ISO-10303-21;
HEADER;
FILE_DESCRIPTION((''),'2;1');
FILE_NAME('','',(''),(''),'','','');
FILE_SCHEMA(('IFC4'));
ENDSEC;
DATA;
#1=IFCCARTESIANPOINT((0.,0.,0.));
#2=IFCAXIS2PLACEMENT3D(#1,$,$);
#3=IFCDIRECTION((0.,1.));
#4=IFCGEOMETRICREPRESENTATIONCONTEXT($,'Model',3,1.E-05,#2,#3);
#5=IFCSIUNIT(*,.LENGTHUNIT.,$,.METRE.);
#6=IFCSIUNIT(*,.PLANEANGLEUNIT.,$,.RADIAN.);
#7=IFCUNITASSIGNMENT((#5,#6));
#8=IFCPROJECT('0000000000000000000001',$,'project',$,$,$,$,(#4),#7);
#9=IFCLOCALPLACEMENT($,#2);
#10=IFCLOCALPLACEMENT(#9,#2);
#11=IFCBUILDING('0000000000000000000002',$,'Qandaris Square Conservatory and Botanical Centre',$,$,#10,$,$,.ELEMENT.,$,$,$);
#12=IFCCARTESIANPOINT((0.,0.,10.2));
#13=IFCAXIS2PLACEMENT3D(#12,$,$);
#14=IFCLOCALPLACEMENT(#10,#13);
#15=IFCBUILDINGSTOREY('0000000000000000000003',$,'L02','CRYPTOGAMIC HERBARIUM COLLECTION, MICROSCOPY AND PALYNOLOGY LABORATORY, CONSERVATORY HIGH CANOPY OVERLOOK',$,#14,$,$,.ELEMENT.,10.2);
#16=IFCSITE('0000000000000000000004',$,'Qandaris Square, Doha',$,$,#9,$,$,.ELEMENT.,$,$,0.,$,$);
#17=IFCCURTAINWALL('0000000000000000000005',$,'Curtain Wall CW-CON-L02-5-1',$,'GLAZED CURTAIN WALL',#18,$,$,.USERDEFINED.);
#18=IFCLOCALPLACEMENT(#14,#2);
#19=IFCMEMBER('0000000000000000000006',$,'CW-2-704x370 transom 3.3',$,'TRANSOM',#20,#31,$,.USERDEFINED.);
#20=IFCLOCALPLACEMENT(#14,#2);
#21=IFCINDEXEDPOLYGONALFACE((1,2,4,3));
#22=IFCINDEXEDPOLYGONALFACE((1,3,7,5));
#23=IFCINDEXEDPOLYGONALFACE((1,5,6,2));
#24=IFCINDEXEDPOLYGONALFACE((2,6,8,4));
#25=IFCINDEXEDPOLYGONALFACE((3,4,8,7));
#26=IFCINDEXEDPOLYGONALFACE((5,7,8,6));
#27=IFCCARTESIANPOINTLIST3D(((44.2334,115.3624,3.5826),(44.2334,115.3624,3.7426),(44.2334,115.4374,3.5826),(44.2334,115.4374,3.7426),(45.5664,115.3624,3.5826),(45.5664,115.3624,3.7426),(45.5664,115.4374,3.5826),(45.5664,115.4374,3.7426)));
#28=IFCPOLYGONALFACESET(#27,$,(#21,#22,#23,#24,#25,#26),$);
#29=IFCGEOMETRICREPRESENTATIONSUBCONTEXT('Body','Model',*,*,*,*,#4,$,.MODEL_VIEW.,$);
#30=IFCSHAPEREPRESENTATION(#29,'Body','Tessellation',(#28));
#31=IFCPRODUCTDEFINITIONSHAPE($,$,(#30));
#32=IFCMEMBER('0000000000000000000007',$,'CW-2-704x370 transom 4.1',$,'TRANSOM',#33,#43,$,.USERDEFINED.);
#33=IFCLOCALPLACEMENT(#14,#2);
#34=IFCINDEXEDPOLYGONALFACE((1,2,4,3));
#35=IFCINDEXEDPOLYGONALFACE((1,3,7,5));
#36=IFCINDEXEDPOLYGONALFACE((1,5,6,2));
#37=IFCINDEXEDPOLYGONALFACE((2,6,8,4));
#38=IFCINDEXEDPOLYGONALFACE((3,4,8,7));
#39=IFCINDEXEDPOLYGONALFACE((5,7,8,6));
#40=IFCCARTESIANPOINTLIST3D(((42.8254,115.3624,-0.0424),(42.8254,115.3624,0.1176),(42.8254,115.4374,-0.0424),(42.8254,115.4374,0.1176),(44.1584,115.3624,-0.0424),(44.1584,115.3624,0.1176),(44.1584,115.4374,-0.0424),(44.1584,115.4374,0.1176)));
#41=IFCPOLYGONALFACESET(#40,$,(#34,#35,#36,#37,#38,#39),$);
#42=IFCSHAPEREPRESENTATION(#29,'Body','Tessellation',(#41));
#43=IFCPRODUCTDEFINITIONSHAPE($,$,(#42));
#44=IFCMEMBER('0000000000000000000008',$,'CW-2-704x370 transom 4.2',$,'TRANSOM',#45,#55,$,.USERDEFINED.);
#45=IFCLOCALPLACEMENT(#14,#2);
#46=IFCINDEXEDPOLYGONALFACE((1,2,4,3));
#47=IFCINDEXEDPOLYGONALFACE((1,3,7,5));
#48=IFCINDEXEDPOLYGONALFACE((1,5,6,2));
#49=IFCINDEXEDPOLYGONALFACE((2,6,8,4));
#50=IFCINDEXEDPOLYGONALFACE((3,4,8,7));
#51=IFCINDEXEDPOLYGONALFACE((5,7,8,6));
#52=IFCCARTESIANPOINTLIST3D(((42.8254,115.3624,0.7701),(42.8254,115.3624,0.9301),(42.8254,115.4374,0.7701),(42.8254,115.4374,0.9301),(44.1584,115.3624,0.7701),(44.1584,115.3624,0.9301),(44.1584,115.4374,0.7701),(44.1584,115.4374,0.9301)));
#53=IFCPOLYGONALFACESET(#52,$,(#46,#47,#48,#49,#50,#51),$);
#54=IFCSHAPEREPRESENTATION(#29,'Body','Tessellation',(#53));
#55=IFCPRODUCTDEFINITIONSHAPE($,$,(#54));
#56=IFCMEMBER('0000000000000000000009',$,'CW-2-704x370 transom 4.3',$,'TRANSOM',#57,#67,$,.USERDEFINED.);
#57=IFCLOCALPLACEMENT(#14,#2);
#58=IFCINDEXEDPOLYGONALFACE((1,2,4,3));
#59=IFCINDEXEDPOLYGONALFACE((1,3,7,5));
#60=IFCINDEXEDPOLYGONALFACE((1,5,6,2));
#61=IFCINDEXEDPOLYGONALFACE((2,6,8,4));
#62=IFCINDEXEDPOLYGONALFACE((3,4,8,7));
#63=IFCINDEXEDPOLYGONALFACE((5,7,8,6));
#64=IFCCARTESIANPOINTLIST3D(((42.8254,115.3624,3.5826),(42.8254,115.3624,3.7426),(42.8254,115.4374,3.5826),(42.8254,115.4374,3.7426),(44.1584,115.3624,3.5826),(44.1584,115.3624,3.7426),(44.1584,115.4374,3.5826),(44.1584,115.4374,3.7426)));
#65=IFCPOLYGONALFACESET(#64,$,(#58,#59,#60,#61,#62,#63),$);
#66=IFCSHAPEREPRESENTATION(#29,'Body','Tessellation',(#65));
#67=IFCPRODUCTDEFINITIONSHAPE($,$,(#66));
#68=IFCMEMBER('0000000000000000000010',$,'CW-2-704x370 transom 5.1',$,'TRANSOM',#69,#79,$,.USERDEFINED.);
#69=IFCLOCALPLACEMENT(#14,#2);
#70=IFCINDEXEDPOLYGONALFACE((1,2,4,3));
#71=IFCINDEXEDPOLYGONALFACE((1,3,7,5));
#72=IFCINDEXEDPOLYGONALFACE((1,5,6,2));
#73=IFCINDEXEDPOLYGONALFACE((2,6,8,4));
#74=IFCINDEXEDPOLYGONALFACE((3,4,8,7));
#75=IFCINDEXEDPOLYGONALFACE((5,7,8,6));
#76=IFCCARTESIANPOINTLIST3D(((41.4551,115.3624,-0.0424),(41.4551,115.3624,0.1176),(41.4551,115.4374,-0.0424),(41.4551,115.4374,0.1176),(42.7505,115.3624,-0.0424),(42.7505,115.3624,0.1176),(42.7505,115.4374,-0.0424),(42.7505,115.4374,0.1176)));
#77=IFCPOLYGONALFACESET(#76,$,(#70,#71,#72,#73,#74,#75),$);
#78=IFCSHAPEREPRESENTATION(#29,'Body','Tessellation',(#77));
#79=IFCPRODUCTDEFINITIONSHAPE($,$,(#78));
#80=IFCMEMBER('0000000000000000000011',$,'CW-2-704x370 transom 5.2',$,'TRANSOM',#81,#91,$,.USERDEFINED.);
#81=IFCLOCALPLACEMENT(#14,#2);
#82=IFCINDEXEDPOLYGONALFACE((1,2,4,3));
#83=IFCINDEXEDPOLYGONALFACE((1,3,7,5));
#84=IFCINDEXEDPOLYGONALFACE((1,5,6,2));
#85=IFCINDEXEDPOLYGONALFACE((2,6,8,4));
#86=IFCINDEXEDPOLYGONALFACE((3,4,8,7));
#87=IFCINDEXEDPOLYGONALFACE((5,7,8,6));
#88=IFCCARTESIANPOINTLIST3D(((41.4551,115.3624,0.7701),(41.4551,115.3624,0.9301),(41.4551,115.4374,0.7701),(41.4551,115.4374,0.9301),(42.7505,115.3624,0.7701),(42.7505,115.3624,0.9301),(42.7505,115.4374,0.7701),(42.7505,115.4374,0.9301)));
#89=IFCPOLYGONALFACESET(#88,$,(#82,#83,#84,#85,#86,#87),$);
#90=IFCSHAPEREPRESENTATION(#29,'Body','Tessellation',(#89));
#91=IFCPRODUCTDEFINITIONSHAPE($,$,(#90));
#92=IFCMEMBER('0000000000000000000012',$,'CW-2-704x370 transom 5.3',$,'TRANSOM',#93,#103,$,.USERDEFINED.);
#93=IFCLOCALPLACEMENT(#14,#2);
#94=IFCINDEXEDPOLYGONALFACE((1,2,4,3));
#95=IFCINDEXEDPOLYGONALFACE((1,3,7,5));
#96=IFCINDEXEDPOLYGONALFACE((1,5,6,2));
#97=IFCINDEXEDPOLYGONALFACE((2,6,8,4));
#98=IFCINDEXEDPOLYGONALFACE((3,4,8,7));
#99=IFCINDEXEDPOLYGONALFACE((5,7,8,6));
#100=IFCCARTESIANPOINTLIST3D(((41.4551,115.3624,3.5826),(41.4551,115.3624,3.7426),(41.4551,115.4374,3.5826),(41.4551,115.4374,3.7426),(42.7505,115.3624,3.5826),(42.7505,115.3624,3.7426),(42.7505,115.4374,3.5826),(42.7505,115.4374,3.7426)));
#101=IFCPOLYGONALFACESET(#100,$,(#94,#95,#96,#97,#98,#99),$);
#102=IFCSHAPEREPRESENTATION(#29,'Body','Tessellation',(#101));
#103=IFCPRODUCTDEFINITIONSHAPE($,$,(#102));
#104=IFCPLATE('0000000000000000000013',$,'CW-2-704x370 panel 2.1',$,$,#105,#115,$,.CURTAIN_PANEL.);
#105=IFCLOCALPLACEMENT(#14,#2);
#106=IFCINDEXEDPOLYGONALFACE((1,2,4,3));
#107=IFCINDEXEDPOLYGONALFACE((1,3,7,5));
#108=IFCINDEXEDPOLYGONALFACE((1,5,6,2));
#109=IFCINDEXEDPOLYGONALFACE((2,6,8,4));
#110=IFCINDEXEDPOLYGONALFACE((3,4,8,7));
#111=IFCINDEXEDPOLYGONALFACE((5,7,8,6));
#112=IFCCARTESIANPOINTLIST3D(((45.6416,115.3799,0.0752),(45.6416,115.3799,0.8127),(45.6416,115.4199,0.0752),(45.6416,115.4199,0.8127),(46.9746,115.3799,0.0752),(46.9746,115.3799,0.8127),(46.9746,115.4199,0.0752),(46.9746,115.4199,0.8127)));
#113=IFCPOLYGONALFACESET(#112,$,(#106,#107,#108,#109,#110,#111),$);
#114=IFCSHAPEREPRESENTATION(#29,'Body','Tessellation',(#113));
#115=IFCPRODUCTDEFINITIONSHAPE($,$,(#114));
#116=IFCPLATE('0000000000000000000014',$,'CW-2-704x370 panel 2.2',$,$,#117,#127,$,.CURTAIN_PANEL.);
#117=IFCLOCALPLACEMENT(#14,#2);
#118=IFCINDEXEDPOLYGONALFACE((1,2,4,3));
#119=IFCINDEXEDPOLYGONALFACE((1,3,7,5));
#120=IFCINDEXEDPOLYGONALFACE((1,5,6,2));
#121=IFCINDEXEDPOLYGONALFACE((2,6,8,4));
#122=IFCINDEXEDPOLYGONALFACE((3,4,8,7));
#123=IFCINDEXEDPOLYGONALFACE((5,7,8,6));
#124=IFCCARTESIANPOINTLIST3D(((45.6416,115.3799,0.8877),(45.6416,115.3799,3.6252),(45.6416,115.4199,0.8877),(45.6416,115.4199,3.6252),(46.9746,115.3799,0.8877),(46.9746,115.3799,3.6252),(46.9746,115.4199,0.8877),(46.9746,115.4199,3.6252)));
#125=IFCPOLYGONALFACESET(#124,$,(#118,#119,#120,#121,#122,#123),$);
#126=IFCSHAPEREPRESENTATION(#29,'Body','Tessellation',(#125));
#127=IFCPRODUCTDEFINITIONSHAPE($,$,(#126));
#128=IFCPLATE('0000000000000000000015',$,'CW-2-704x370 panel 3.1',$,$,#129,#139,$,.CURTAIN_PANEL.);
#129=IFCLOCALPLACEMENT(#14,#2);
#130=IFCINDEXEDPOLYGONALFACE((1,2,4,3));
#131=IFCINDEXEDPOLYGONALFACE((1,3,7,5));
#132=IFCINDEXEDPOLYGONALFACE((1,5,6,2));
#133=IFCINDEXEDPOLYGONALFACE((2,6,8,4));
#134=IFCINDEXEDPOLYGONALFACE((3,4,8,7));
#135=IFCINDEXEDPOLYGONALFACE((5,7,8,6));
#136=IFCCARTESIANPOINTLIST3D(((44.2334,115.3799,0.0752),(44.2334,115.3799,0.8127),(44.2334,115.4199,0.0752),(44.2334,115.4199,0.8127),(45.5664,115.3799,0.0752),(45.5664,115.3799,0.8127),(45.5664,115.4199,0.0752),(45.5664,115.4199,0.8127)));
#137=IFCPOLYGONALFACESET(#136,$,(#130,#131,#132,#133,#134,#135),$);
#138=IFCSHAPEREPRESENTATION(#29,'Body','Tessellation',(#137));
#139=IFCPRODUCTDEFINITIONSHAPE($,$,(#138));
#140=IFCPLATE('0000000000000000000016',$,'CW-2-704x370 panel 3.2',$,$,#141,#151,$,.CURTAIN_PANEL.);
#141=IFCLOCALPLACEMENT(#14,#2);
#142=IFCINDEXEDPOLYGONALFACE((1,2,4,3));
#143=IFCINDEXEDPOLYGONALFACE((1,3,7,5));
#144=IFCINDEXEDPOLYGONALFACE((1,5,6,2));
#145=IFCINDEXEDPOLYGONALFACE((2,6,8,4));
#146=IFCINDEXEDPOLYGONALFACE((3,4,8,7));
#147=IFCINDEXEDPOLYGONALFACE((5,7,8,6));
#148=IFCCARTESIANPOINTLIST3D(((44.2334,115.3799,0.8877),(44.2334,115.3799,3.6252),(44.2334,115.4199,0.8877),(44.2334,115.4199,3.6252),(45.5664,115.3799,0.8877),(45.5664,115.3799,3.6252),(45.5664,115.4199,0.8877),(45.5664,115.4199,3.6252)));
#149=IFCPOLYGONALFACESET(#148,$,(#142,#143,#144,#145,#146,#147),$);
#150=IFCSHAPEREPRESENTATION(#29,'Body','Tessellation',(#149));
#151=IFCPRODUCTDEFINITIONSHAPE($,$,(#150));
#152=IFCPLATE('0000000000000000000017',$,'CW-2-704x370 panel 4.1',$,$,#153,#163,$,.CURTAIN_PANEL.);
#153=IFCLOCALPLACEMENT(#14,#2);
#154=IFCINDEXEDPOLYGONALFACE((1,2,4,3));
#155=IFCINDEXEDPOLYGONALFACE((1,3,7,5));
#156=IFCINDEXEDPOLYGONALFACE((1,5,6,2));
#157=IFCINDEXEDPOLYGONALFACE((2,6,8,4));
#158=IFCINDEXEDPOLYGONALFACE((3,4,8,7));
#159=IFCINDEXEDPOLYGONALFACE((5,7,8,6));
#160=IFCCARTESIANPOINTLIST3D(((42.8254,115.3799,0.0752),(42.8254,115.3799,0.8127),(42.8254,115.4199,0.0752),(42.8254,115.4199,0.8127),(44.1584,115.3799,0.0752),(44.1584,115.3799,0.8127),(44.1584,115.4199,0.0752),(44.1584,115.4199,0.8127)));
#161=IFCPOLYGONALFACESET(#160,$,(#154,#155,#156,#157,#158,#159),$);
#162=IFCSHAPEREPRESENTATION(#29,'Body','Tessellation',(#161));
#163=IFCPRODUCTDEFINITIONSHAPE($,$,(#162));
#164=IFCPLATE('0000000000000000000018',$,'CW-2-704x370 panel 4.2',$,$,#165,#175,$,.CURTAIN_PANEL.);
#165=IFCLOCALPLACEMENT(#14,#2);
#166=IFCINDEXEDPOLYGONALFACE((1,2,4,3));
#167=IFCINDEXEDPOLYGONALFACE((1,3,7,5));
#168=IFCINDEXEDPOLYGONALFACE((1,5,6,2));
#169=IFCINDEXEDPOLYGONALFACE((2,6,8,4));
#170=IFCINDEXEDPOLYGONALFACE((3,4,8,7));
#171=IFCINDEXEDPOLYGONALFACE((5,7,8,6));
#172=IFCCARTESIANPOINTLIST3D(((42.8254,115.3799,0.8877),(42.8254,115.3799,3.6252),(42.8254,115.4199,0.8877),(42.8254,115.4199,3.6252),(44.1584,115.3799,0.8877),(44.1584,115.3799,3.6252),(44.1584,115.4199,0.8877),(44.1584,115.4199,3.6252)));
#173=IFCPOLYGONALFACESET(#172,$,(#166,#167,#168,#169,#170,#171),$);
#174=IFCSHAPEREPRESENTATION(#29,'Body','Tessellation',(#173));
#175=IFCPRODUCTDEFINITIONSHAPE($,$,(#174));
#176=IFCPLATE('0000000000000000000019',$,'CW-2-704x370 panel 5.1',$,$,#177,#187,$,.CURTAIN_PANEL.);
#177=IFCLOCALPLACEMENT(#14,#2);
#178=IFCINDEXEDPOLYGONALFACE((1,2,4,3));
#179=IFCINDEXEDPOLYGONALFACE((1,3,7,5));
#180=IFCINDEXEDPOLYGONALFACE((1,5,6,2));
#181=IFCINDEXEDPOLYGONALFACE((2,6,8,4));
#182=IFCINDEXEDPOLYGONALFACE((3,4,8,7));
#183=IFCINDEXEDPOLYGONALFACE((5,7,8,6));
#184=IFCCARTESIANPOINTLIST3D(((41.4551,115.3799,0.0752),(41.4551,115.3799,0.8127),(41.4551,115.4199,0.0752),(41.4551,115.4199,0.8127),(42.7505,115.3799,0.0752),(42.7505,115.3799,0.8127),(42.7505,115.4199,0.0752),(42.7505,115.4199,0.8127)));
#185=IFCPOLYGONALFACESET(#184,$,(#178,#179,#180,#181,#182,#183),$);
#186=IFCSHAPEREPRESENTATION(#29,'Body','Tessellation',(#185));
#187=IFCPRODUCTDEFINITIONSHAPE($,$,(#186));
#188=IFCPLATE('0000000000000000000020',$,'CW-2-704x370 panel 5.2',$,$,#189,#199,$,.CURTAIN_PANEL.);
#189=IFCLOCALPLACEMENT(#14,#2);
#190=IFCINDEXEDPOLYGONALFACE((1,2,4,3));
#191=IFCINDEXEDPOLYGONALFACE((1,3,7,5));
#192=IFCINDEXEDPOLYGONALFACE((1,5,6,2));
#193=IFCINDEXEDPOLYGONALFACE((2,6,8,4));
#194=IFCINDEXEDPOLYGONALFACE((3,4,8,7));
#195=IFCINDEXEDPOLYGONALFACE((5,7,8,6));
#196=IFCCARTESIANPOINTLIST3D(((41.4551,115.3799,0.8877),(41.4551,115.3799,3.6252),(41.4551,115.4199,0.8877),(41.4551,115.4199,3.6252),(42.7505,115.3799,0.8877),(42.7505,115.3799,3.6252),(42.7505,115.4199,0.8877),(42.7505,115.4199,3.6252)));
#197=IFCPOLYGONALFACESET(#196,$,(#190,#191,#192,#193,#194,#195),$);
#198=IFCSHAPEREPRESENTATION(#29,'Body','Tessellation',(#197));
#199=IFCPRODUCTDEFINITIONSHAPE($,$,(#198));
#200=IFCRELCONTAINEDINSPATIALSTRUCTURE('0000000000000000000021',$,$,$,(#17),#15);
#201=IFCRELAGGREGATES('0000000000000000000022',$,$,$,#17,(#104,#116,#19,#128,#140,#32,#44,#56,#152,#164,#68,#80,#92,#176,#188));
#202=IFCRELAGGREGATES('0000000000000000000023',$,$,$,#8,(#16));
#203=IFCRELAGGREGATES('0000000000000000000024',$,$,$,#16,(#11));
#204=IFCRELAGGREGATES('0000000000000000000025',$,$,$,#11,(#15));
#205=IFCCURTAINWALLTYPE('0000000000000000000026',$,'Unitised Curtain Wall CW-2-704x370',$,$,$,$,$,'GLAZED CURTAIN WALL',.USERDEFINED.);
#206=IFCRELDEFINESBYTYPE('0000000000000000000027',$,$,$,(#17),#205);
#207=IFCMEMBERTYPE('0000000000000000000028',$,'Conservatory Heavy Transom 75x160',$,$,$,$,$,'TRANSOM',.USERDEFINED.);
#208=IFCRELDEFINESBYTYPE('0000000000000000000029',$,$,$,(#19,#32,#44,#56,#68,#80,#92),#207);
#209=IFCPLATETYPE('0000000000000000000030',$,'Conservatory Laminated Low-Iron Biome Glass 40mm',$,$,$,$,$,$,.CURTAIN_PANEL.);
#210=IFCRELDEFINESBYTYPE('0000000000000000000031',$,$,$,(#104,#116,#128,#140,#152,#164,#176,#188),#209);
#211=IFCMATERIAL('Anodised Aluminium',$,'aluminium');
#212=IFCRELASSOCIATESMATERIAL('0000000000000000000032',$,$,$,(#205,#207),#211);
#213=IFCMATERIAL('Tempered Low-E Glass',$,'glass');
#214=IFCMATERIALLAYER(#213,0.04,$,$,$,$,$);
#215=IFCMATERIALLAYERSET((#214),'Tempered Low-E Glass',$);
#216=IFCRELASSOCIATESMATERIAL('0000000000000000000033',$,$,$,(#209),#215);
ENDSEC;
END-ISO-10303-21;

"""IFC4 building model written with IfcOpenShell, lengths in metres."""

from ifc_helpers import new_model, si_unit, direction, frame, origin, origin_2d, place, context, subcontext, project, spatial, rectangle, extrude, material, layer, layer_set, material_profile, profile_set, type_object, element, aggregate, save


model = new_model("IFC4")

# Units and contexts
model_context = context("Model", 3, precision=1e-05, world=origin(), true_north=direction((0.0, 1.0)))
body_context = subcontext(model_context, "Body", "Model", "MODEL_VIEW")
ifc_project = project(units=[si_unit("LENGTHUNIT", "METRE"), si_unit("PLANEANGLEUNIT", "RADIAN")], contexts=[model_context])

# Site, building, storey
site_placement = place(None, origin())
site = spatial("IfcSite", under=ifc_project, at=site_placement, Name="Qandaris Square, Doha", CompositionType="ELEMENT", RefElevation=0.0)
building_placement = place(site_placement, origin())
building = spatial("IfcBuilding", under=site, at=building_placement, Name="Qandaris Square Conservatory and Botanical Centre", CompositionType="ELEMENT")
storey_placement = place(building_placement, frame((0.0, 0.0, 10.2)))
storey = spatial("IfcBuildingStorey", under=building, at=storey_placement, Name="L02", Description="CRYPTOGAMIC HERBARIUM COLLECTION, MICROSCOPY AND PALYNOLOGY LABORATORY, CONSERVATORY HIGH CANOPY OVERLOOK", CompositionType="ELEMENT", Elevation=10.2)

# Curtain wall
ifc_material_1 = material(Name="Anodised Aluminium", Category="aluminium")
curtain_wall_type = type_object("IfcCurtainWallType", Name="Unitised Curtain Wall CW-2-704x370", ElementType="GLAZED CURTAIN WALL", PredefinedType="USERDEFINED", material=ifc_material_1)
curtain_wall_1_placement = place(storey_placement, origin())
curtain_wall_1 = element("IfcCurtainWall", 1, at=curtain_wall_1_placement, inside=storey, type_object=curtain_wall_type, Name="Curtain Wall CW-CON-L02-5-1", ObjectType="GLAZED CURTAIN WALL", PredefinedType="USERDEFINED")

# Members
ifc_material_profile_1 = material_profile(ifc_material_1, rectangle(XDim=0.075, YDim=0.1599, at=origin_2d()), Name="ALU-TRN 75x160")
ifc_profile_set_1 = profile_set([ifc_material_profile_1], Name="Anodised Aluminium")
member_type_1 = type_object("IfcMemberType", Name="Conservatory Heavy Transom 75x160", ElementType="TRANSOM", PredefinedType="USERDEFINED", material=ifc_profile_set_1)
member_1_placement = place(storey_placement, frame((45.5664, 115.3999, 3.6626), z_axis=(-1.0, 0.0, 0.0), x_axis=(0.0, -1.0, 0.0)))
member_1 = element("IfcMember", 2, at=member_1_placement, type_object=member_type_1, Name="CW-2-704x370 transom 3.3", ObjectType="TRANSOM", PredefinedType="USERDEFINED", context=body_context, shape_type="SweptSolid", body=[
    extrude(rectangle(XDim=0.075, YDim=0.1599, at=origin_2d()), origin(), (0.0, 0.0, 1.0), 1.333),
])
member_2_placement = place(storey_placement, frame((44.1584, 115.3999, 0.0376), z_axis=(-1.0, 0.0, 0.0), x_axis=(0.0, -1.0, 0.0)))
member_2 = element("IfcMember", 3, at=member_2_placement, type_object=member_type_1, Name="CW-2-704x370 transom 4.1", ObjectType="TRANSOM", PredefinedType="USERDEFINED", context=body_context, shape_type="SweptSolid", body=[
    extrude(rectangle(XDim=0.075, YDim=0.1599, at=origin_2d()), origin(), (0.0, 0.0, 1.0), 1.333),
])
member_3_placement = place(storey_placement, frame((44.1584, 115.3999, 0.8501), z_axis=(-1.0, 0.0, 0.0), x_axis=(0.0, -1.0, 0.0)))
member_3 = element("IfcMember", 4, at=member_3_placement, type_object=member_type_1, Name="CW-2-704x370 transom 4.2", ObjectType="TRANSOM", PredefinedType="USERDEFINED", context=body_context, shape_type="SweptSolid", body=[
    extrude(rectangle(XDim=0.075, YDim=0.1599, at=origin_2d()), origin(), (0.0, 0.0, 1.0), 1.333),
])
member_4_placement = place(storey_placement, frame((44.1584, 115.3999, 3.6626), z_axis=(-1.0, 0.0, 0.0), x_axis=(0.0, -1.0, 0.0)))
member_4 = element("IfcMember", 5, at=member_4_placement, type_object=member_type_1, Name="CW-2-704x370 transom 4.3", ObjectType="TRANSOM", PredefinedType="USERDEFINED", context=body_context, shape_type="SweptSolid", body=[
    extrude(rectangle(XDim=0.075, YDim=0.1599, at=origin_2d()), origin(), (0.0, 0.0, 1.0), 1.333),
])
member_5_placement = place(storey_placement, frame((42.7505, 115.3999, 0.0376), z_axis=(-1.0, 0.0, 0.0), x_axis=(0.0, -1.0, 0.0)))
member_5 = element("IfcMember", 6, at=member_5_placement, type_object=member_type_1, Name="CW-2-704x370 transom 5.1", ObjectType="TRANSOM", PredefinedType="USERDEFINED", context=body_context, shape_type="SweptSolid", body=[
    extrude(rectangle(XDim=0.075, YDim=0.1599, at=origin_2d()), origin(), (0.0, 0.0, 1.0), 1.2954),
])
member_6_placement = place(storey_placement, frame((42.7505, 115.3999, 0.8501), z_axis=(-1.0, 0.0, 0.0), x_axis=(0.0, -1.0, 0.0)))
member_6 = element("IfcMember", 7, at=member_6_placement, type_object=member_type_1, Name="CW-2-704x370 transom 5.2", ObjectType="TRANSOM", PredefinedType="USERDEFINED", context=body_context, shape_type="SweptSolid", body=[
    extrude(rectangle(XDim=0.075, YDim=0.1599, at=origin_2d()), origin(), (0.0, 0.0, 1.0), 1.2954),
])
member_7_placement = place(storey_placement, frame((42.7505, 115.3999, 3.6626), z_axis=(-1.0, 0.0, 0.0), x_axis=(0.0, -1.0, 0.0)))
member_7 = element("IfcMember", 8, at=member_7_placement, type_object=member_type_1, Name="CW-2-704x370 transom 5.3", ObjectType="TRANSOM", PredefinedType="USERDEFINED", context=body_context, shape_type="SweptSolid", body=[
    extrude(rectangle(XDim=0.075, YDim=0.1599, at=origin_2d()), origin(), (0.0, 0.0, 1.0), 1.2954),
])

# Plates
ifc_material_2 = material(Name="Tempered Low-E Glass", Category="glass")
ifc_layer = layer(ifc_material_2, 0.04)
ifc_layer_set = layer_set([ifc_layer], Name="Tempered Low-E Glass")
plate_type = type_object("IfcPlateType", Name="Conservatory Laminated Low-Iron Biome Glass 40mm", PredefinedType="CURTAIN_PANEL", material=ifc_layer_set)
plate_1_placement = place(storey_placement, frame((46.3081, 115.3999, 0.0752), z_axis=(0.0, 0.0, 1.0), x_axis=(-1.0, 0.0, 0.0)))
plate_1 = element("IfcPlate", 9, at=plate_1_placement, type_object=plate_type, Name="CW-2-704x370 panel 2.1", PredefinedType="CURTAIN_PANEL", context=body_context, shape_type="SweptSolid", body=[
    extrude(rectangle(XDim=1.333, YDim=0.04, at=origin_2d()), origin(), (0.0, 0.0, 1.0), 0.7375),
])
plate_2_placement = place(storey_placement, frame((46.3081, 115.3999, 0.8877), z_axis=(0.0, 0.0, 1.0), x_axis=(-1.0, 0.0, 0.0)))
plate_2 = element("IfcPlate", 10, at=plate_2_placement, type_object=plate_type, Name="CW-2-704x370 panel 2.2", PredefinedType="CURTAIN_PANEL", context=body_context, shape_type="SweptSolid", body=[
    extrude(rectangle(XDim=1.333, YDim=0.04, at=origin_2d()), origin(), (0.0, 0.0, 1.0), 2.7375),
])
plate_3_placement = place(storey_placement, frame((44.8999, 115.3999, 0.0752), z_axis=(0.0, 0.0, 1.0), x_axis=(-1.0, 0.0, 0.0)))
plate_3 = element("IfcPlate", 11, at=plate_3_placement, type_object=plate_type, Name="CW-2-704x370 panel 3.1", PredefinedType="CURTAIN_PANEL", context=body_context, shape_type="SweptSolid", body=[
    extrude(rectangle(XDim=1.333, YDim=0.04, at=origin_2d()), origin(), (0.0, 0.0, 1.0), 0.7375),
])
plate_4_placement = place(storey_placement, frame((44.8999, 115.3999, 0.8877), z_axis=(0.0, 0.0, 1.0), x_axis=(-1.0, 0.0, 0.0)))
plate_4 = element("IfcPlate", 12, at=plate_4_placement, type_object=plate_type, Name="CW-2-704x370 panel 3.2", PredefinedType="CURTAIN_PANEL", context=body_context, shape_type="SweptSolid", body=[
    extrude(rectangle(XDim=1.333, YDim=0.04, at=origin_2d()), origin(), (0.0, 0.0, 1.0), 2.7375),
])
plate_5_placement = place(storey_placement, frame((43.4919, 115.3999, 0.0752), z_axis=(0.0, 0.0, 1.0), x_axis=(-1.0, 0.0, 0.0)))
plate_5 = element("IfcPlate", 13, at=plate_5_placement, type_object=plate_type, Name="CW-2-704x370 panel 4.1", PredefinedType="CURTAIN_PANEL", context=body_context, shape_type="SweptSolid", body=[
    extrude(rectangle(XDim=1.333, YDim=0.04, at=origin_2d()), origin(), (0.0, 0.0, 1.0), 0.7375),
])
plate_6_placement = place(storey_placement, frame((43.4919, 115.3999, 0.8877), z_axis=(0.0, 0.0, 1.0), x_axis=(-1.0, 0.0, 0.0)))
plate_6 = element("IfcPlate", 14, at=plate_6_placement, type_object=plate_type, Name="CW-2-704x370 panel 4.2", PredefinedType="CURTAIN_PANEL", context=body_context, shape_type="SweptSolid", body=[
    extrude(rectangle(XDim=1.333, YDim=0.04, at=origin_2d()), origin(), (0.0, 0.0, 1.0), 2.7375),
])
plate_7_placement = place(storey_placement, frame((42.1028, 115.3999, 0.0752), z_axis=(0.0, 0.0, 1.0), x_axis=(-1.0, 0.0, 0.0)))
plate_7 = element("IfcPlate", 15, at=plate_7_placement, type_object=plate_type, Name="CW-2-704x370 panel 5.1", PredefinedType="CURTAIN_PANEL", context=body_context, shape_type="SweptSolid", body=[
    extrude(rectangle(XDim=1.2954, YDim=0.04, at=origin_2d()), origin(), (0.0, 0.0, 1.0), 0.7375),
])
plate_8_placement = place(storey_placement, frame((42.1028, 115.3999, 0.8877), z_axis=(0.0, 0.0, 1.0), x_axis=(-1.0, 0.0, 0.0)))
plate_8 = element("IfcPlate", 16, at=plate_8_placement, type_object=plate_type, Name="CW-2-704x370 panel 5.2", PredefinedType="CURTAIN_PANEL", context=body_context, shape_type="SweptSolid", body=[
    extrude(rectangle(XDim=1.2954, YDim=0.04, at=origin_2d()), origin(), (0.0, 0.0, 1.0), 2.7375),
])
aggregate(curtain_wall_1, [plate_1, plate_2, member_1, plate_3, plate_4, member_2, member_3, member_4, plate_5, plate_6, member_5, member_6, member_7, plate_7, plate_8])

save(model, "model.ifc")
